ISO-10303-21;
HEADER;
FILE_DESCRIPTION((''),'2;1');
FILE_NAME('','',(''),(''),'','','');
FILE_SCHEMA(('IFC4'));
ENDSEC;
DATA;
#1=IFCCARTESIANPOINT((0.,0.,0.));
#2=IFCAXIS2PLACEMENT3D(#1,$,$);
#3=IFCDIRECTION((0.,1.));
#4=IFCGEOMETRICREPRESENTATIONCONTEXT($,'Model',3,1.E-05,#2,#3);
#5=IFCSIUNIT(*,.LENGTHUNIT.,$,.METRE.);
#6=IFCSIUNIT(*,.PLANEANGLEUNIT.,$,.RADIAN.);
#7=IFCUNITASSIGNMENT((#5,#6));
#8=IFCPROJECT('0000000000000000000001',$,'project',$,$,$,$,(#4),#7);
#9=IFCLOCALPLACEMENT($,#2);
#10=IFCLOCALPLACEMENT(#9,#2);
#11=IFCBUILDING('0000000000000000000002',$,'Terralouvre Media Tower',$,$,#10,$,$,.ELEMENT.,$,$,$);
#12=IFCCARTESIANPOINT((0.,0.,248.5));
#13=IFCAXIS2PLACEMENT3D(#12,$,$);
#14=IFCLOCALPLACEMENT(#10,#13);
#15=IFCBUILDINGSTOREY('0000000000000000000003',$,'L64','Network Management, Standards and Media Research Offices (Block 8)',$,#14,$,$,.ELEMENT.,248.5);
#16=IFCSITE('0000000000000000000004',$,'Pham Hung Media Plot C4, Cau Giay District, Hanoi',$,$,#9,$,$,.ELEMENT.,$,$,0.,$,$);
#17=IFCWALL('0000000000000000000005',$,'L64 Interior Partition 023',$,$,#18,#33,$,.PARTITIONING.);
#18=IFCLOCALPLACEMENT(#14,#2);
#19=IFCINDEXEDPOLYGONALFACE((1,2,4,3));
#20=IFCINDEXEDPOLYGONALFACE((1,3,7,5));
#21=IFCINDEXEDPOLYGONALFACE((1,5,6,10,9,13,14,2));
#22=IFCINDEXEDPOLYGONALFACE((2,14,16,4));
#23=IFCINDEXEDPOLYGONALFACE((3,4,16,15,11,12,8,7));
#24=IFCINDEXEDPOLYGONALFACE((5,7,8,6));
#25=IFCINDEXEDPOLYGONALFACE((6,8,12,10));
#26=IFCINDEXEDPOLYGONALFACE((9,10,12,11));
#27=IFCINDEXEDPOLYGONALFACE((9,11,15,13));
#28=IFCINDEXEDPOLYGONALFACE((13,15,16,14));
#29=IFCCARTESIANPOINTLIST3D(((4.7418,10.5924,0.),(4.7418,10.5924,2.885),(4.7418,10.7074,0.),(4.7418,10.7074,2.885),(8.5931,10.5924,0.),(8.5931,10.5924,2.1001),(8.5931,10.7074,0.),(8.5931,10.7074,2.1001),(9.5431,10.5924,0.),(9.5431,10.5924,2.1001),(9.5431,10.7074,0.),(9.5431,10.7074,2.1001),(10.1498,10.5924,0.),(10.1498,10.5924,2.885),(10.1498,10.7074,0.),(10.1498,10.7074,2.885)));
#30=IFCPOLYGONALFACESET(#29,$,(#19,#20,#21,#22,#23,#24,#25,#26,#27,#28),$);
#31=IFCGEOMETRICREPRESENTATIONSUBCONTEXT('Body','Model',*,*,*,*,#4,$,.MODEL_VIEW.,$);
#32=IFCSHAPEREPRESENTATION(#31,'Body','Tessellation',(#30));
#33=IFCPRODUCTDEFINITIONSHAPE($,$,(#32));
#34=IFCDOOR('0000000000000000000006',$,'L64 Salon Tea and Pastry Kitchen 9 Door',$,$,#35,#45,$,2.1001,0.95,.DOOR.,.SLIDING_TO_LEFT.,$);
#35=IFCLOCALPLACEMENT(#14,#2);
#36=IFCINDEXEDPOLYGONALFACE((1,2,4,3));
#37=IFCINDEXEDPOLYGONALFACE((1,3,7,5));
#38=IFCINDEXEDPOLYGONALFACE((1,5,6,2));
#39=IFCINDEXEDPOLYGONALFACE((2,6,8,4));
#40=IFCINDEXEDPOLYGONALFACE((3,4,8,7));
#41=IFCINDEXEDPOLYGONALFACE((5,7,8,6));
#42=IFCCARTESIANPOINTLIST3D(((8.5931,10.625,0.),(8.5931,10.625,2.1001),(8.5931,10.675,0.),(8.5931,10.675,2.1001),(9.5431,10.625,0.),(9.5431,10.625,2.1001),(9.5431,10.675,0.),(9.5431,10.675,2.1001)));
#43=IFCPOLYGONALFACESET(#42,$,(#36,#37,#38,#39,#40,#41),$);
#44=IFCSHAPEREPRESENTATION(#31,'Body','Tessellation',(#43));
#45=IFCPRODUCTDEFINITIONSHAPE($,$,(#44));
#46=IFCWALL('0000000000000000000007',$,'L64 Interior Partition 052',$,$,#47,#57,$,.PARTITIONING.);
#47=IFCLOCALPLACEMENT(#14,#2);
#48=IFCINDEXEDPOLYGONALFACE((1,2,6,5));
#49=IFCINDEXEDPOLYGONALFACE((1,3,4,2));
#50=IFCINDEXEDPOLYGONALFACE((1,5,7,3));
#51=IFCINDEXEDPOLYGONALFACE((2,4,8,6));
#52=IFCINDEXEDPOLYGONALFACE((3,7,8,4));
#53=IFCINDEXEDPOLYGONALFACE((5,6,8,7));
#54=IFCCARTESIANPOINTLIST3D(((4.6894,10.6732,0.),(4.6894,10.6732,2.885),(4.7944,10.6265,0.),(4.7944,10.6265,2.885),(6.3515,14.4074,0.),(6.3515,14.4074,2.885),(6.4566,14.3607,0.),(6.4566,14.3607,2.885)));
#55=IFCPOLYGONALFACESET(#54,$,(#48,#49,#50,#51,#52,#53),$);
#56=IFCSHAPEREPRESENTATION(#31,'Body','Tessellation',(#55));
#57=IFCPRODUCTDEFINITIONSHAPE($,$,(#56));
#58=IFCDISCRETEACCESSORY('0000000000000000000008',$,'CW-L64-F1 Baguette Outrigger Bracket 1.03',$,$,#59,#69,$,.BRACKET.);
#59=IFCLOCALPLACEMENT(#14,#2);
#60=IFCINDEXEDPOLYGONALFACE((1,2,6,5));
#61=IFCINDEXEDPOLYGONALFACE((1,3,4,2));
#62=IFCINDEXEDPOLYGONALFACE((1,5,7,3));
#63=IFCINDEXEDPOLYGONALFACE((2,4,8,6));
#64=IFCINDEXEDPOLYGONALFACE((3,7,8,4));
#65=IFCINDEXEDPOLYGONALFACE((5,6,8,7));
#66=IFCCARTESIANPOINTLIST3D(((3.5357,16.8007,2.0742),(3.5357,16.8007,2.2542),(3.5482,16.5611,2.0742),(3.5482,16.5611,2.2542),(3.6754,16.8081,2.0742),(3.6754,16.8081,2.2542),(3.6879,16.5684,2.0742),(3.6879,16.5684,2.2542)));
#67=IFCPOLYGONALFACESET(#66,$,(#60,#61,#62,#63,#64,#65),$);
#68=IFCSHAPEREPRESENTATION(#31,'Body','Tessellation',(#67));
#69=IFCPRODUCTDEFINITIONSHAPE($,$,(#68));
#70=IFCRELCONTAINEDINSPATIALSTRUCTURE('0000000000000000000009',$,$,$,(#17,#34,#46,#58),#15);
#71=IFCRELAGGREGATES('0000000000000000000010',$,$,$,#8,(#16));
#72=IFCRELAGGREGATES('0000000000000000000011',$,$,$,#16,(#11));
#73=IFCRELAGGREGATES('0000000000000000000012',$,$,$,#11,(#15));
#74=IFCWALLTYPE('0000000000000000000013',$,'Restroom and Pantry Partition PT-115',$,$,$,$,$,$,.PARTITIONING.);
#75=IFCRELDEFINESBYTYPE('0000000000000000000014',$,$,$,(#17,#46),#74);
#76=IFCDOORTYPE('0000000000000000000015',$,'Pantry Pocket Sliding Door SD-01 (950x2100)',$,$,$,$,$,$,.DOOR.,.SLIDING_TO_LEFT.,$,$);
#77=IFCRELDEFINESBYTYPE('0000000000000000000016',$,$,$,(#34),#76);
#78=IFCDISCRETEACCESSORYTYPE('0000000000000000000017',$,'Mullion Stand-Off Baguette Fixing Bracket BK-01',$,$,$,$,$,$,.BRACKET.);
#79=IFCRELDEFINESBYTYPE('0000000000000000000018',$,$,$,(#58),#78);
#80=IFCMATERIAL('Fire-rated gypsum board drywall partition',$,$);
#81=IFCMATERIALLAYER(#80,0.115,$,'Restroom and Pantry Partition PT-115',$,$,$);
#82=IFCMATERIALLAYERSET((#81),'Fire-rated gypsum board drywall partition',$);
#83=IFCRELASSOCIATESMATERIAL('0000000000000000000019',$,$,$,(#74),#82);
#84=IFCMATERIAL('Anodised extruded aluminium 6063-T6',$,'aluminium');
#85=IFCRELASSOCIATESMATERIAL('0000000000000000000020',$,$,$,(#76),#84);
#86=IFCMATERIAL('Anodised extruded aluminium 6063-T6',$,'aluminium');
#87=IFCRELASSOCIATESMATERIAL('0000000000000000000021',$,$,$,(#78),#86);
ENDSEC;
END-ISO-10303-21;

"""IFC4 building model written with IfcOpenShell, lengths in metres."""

from ifc_helpers import new_model, si_unit, direction, frame, frame_2d, origin, origin_2d, place, context, subcontext, project, spatial, rectangle, extrude, material, layer, layer_set, type_object, element, fill, save


model = new_model("IFC4")

# Units and contexts
model_context = context("Model", 3, precision=1e-05, world=origin(), true_north=direction((0.0, 1.0)))
body_context = subcontext(model_context, "Body", "Model", "MODEL_VIEW")
ifc_project = project(units=[si_unit("LENGTHUNIT", "METRE"), si_unit("PLANEANGLEUNIT", "RADIAN")], contexts=[model_context])

# Site, building, storey
site_placement = place(None, origin())
site = spatial("IfcSite", under=ifc_project, at=site_placement, Name="Pham Hung Media Plot C4, Cau Giay District, Hanoi", CompositionType="ELEMENT", RefElevation=0.0)
building_placement = place(site_placement, origin())
building = spatial("IfcBuilding", under=site, at=building_placement, Name="Terralouvre Media Tower", CompositionType="ELEMENT")
storey_placement = place(building_placement, frame((0.0, 0.0, 248.5)))
storey = spatial("IfcBuildingStorey", under=building, at=storey_placement, Name="L64", Description="Network Management, Standards and Media Research Offices (Block 8)", CompositionType="ELEMENT", Elevation=248.5)

# Shared definitions
ifc_material_1 = material(Name="Fire-rated gypsum board drywall partition")
ifc_layer_1 = layer(ifc_material_1, 0.115, Name="Restroom and Pantry Partition PT-115")
ifc_layer_set_1 = layer_set([ifc_layer_1], Name="Fire-rated gypsum board drywall partition")
wall_type_1 = type_object("IfcWallType", Name="Restroom and Pantry Partition PT-115", PredefinedType="PARTITIONING", material=ifc_layer_set_1)

# Wall, opening, door
wall_1_placement = place(storey_placement, frame((10.1499, 10.6499, 0.0), z_axis=(0.0, 0.0, 1.0), x_axis=(-1.0, 0.0, 0.0)))
wall_1 = element("IfcWall", 1, at=wall_1_placement, inside=storey, type_object=wall_type_1, Name="L64 Interior Partition 023", PredefinedType="PARTITIONING", context=body_context, shape_type="SweptSolid", body=[
    extrude(rectangle(XDim=5.408, YDim=0.115, at=frame_2d((2.7041, 0.0))), origin(), (0.0, 0.0, 1.0), 2.885),
])
opening_1_placement = place(wall_1_placement, frame((0.6067, 0.0, 0.0)))
opening_1 = element("IfcOpeningElement", 2, at=opening_1_placement, cuts=wall_1, PredefinedType="OPENING", context=body_context, shape_type="SweptSolid", body=[
    extrude(rectangle(XDim=0.95, YDim=2.1001, at=frame_2d((0.4751, 1.05))), frame((0.0, 0.0674, 0.0), z_axis=(0.0, -1.0, 0.0), x_axis=(1.0, 0.0, 0.0)), (0.0, 0.0, 1.0), 0.135),
])
ifc_material_2 = material(Name="Anodised extruded aluminium 6063-T6", Category="aluminium")
door_type_1 = type_object("IfcDoorType", Name="Pantry Pocket Sliding Door SD-01 (950x2100)", OperationType="SLIDING_TO_LEFT", PredefinedType="DOOR", material=ifc_material_2)
door_1_placement = place(opening_1_placement, origin())
door_1 = element("IfcDoor", 3, at=door_1_placement, inside=storey, type_object=door_type_1, Name="L64 Salon Tea and Pastry Kitchen 9 Door", OperationType="SLIDING_TO_LEFT", OverallHeight=2.1001, OverallWidth=0.95, PredefinedType="DOOR", context=body_context, shape_type="SweptSolid", body=[
    extrude(rectangle(XDim=0.95, YDim=2.1001, at=frame_2d((0.4751, 1.05))), frame((0.0, 0.0249, 0.0), z_axis=(0.0, -1.0, 0.0), x_axis=(1.0, 0.0, 0.0)), (0.0, 0.0, 1.0), 0.05),
])
fill(opening_1, door_1)

# Wall
wall_2_placement = place(storey_placement, frame((6.4041, 14.384, 0.0), z_axis=(0.0, 0.0, 1.0), x_axis=(-0.406648, -0.913585, 0.0)))
element("IfcWall", 4, at=wall_2_placement, inside=storey, type_object=wall_type_1, Name="L64 Interior Partition 052", PredefinedType="PARTITIONING", context=body_context, shape_type="SweptSolid", body=[
    extrude(rectangle(XDim=4.0874, YDim=0.115, at=frame_2d((2.0437, 0.0))), origin(), (0.0, 0.0, 1.0), 2.885),
])

# Discrete accessory
ifc_material_3 = material(Name="Anodised extruded aluminium 6063-T6", Category="aluminium")
discrete_accessory_type = type_object("IfcDiscreteAccessoryType", Name="Mullion Stand-Off Baguette Fixing Bracket BK-01", PredefinedType="BRACKET", material=ifc_material_3)
discrete_accessory_placement = place(storey_placement, frame((3.6118, 16.6846, 2.0742), z_axis=(0.0, 0.0, 1.0), x_axis=(-0.99863, -0.052336, 0.0)))
element("IfcDiscreteAccessory", 5, at=discrete_accessory_placement, inside=storey, type_object=discrete_accessory_type, Name="CW-L64-F1 Baguette Outrigger Bracket 1.03", PredefinedType="BRACKET", context=body_context, shape_type="SweptSolid", body=[
    extrude(rectangle(XDim=0.1399, YDim=0.24, at=origin_2d()), origin(), (0.0, 0.0, 1.0), 0.1799),
])

save(model, "model.ifc")
